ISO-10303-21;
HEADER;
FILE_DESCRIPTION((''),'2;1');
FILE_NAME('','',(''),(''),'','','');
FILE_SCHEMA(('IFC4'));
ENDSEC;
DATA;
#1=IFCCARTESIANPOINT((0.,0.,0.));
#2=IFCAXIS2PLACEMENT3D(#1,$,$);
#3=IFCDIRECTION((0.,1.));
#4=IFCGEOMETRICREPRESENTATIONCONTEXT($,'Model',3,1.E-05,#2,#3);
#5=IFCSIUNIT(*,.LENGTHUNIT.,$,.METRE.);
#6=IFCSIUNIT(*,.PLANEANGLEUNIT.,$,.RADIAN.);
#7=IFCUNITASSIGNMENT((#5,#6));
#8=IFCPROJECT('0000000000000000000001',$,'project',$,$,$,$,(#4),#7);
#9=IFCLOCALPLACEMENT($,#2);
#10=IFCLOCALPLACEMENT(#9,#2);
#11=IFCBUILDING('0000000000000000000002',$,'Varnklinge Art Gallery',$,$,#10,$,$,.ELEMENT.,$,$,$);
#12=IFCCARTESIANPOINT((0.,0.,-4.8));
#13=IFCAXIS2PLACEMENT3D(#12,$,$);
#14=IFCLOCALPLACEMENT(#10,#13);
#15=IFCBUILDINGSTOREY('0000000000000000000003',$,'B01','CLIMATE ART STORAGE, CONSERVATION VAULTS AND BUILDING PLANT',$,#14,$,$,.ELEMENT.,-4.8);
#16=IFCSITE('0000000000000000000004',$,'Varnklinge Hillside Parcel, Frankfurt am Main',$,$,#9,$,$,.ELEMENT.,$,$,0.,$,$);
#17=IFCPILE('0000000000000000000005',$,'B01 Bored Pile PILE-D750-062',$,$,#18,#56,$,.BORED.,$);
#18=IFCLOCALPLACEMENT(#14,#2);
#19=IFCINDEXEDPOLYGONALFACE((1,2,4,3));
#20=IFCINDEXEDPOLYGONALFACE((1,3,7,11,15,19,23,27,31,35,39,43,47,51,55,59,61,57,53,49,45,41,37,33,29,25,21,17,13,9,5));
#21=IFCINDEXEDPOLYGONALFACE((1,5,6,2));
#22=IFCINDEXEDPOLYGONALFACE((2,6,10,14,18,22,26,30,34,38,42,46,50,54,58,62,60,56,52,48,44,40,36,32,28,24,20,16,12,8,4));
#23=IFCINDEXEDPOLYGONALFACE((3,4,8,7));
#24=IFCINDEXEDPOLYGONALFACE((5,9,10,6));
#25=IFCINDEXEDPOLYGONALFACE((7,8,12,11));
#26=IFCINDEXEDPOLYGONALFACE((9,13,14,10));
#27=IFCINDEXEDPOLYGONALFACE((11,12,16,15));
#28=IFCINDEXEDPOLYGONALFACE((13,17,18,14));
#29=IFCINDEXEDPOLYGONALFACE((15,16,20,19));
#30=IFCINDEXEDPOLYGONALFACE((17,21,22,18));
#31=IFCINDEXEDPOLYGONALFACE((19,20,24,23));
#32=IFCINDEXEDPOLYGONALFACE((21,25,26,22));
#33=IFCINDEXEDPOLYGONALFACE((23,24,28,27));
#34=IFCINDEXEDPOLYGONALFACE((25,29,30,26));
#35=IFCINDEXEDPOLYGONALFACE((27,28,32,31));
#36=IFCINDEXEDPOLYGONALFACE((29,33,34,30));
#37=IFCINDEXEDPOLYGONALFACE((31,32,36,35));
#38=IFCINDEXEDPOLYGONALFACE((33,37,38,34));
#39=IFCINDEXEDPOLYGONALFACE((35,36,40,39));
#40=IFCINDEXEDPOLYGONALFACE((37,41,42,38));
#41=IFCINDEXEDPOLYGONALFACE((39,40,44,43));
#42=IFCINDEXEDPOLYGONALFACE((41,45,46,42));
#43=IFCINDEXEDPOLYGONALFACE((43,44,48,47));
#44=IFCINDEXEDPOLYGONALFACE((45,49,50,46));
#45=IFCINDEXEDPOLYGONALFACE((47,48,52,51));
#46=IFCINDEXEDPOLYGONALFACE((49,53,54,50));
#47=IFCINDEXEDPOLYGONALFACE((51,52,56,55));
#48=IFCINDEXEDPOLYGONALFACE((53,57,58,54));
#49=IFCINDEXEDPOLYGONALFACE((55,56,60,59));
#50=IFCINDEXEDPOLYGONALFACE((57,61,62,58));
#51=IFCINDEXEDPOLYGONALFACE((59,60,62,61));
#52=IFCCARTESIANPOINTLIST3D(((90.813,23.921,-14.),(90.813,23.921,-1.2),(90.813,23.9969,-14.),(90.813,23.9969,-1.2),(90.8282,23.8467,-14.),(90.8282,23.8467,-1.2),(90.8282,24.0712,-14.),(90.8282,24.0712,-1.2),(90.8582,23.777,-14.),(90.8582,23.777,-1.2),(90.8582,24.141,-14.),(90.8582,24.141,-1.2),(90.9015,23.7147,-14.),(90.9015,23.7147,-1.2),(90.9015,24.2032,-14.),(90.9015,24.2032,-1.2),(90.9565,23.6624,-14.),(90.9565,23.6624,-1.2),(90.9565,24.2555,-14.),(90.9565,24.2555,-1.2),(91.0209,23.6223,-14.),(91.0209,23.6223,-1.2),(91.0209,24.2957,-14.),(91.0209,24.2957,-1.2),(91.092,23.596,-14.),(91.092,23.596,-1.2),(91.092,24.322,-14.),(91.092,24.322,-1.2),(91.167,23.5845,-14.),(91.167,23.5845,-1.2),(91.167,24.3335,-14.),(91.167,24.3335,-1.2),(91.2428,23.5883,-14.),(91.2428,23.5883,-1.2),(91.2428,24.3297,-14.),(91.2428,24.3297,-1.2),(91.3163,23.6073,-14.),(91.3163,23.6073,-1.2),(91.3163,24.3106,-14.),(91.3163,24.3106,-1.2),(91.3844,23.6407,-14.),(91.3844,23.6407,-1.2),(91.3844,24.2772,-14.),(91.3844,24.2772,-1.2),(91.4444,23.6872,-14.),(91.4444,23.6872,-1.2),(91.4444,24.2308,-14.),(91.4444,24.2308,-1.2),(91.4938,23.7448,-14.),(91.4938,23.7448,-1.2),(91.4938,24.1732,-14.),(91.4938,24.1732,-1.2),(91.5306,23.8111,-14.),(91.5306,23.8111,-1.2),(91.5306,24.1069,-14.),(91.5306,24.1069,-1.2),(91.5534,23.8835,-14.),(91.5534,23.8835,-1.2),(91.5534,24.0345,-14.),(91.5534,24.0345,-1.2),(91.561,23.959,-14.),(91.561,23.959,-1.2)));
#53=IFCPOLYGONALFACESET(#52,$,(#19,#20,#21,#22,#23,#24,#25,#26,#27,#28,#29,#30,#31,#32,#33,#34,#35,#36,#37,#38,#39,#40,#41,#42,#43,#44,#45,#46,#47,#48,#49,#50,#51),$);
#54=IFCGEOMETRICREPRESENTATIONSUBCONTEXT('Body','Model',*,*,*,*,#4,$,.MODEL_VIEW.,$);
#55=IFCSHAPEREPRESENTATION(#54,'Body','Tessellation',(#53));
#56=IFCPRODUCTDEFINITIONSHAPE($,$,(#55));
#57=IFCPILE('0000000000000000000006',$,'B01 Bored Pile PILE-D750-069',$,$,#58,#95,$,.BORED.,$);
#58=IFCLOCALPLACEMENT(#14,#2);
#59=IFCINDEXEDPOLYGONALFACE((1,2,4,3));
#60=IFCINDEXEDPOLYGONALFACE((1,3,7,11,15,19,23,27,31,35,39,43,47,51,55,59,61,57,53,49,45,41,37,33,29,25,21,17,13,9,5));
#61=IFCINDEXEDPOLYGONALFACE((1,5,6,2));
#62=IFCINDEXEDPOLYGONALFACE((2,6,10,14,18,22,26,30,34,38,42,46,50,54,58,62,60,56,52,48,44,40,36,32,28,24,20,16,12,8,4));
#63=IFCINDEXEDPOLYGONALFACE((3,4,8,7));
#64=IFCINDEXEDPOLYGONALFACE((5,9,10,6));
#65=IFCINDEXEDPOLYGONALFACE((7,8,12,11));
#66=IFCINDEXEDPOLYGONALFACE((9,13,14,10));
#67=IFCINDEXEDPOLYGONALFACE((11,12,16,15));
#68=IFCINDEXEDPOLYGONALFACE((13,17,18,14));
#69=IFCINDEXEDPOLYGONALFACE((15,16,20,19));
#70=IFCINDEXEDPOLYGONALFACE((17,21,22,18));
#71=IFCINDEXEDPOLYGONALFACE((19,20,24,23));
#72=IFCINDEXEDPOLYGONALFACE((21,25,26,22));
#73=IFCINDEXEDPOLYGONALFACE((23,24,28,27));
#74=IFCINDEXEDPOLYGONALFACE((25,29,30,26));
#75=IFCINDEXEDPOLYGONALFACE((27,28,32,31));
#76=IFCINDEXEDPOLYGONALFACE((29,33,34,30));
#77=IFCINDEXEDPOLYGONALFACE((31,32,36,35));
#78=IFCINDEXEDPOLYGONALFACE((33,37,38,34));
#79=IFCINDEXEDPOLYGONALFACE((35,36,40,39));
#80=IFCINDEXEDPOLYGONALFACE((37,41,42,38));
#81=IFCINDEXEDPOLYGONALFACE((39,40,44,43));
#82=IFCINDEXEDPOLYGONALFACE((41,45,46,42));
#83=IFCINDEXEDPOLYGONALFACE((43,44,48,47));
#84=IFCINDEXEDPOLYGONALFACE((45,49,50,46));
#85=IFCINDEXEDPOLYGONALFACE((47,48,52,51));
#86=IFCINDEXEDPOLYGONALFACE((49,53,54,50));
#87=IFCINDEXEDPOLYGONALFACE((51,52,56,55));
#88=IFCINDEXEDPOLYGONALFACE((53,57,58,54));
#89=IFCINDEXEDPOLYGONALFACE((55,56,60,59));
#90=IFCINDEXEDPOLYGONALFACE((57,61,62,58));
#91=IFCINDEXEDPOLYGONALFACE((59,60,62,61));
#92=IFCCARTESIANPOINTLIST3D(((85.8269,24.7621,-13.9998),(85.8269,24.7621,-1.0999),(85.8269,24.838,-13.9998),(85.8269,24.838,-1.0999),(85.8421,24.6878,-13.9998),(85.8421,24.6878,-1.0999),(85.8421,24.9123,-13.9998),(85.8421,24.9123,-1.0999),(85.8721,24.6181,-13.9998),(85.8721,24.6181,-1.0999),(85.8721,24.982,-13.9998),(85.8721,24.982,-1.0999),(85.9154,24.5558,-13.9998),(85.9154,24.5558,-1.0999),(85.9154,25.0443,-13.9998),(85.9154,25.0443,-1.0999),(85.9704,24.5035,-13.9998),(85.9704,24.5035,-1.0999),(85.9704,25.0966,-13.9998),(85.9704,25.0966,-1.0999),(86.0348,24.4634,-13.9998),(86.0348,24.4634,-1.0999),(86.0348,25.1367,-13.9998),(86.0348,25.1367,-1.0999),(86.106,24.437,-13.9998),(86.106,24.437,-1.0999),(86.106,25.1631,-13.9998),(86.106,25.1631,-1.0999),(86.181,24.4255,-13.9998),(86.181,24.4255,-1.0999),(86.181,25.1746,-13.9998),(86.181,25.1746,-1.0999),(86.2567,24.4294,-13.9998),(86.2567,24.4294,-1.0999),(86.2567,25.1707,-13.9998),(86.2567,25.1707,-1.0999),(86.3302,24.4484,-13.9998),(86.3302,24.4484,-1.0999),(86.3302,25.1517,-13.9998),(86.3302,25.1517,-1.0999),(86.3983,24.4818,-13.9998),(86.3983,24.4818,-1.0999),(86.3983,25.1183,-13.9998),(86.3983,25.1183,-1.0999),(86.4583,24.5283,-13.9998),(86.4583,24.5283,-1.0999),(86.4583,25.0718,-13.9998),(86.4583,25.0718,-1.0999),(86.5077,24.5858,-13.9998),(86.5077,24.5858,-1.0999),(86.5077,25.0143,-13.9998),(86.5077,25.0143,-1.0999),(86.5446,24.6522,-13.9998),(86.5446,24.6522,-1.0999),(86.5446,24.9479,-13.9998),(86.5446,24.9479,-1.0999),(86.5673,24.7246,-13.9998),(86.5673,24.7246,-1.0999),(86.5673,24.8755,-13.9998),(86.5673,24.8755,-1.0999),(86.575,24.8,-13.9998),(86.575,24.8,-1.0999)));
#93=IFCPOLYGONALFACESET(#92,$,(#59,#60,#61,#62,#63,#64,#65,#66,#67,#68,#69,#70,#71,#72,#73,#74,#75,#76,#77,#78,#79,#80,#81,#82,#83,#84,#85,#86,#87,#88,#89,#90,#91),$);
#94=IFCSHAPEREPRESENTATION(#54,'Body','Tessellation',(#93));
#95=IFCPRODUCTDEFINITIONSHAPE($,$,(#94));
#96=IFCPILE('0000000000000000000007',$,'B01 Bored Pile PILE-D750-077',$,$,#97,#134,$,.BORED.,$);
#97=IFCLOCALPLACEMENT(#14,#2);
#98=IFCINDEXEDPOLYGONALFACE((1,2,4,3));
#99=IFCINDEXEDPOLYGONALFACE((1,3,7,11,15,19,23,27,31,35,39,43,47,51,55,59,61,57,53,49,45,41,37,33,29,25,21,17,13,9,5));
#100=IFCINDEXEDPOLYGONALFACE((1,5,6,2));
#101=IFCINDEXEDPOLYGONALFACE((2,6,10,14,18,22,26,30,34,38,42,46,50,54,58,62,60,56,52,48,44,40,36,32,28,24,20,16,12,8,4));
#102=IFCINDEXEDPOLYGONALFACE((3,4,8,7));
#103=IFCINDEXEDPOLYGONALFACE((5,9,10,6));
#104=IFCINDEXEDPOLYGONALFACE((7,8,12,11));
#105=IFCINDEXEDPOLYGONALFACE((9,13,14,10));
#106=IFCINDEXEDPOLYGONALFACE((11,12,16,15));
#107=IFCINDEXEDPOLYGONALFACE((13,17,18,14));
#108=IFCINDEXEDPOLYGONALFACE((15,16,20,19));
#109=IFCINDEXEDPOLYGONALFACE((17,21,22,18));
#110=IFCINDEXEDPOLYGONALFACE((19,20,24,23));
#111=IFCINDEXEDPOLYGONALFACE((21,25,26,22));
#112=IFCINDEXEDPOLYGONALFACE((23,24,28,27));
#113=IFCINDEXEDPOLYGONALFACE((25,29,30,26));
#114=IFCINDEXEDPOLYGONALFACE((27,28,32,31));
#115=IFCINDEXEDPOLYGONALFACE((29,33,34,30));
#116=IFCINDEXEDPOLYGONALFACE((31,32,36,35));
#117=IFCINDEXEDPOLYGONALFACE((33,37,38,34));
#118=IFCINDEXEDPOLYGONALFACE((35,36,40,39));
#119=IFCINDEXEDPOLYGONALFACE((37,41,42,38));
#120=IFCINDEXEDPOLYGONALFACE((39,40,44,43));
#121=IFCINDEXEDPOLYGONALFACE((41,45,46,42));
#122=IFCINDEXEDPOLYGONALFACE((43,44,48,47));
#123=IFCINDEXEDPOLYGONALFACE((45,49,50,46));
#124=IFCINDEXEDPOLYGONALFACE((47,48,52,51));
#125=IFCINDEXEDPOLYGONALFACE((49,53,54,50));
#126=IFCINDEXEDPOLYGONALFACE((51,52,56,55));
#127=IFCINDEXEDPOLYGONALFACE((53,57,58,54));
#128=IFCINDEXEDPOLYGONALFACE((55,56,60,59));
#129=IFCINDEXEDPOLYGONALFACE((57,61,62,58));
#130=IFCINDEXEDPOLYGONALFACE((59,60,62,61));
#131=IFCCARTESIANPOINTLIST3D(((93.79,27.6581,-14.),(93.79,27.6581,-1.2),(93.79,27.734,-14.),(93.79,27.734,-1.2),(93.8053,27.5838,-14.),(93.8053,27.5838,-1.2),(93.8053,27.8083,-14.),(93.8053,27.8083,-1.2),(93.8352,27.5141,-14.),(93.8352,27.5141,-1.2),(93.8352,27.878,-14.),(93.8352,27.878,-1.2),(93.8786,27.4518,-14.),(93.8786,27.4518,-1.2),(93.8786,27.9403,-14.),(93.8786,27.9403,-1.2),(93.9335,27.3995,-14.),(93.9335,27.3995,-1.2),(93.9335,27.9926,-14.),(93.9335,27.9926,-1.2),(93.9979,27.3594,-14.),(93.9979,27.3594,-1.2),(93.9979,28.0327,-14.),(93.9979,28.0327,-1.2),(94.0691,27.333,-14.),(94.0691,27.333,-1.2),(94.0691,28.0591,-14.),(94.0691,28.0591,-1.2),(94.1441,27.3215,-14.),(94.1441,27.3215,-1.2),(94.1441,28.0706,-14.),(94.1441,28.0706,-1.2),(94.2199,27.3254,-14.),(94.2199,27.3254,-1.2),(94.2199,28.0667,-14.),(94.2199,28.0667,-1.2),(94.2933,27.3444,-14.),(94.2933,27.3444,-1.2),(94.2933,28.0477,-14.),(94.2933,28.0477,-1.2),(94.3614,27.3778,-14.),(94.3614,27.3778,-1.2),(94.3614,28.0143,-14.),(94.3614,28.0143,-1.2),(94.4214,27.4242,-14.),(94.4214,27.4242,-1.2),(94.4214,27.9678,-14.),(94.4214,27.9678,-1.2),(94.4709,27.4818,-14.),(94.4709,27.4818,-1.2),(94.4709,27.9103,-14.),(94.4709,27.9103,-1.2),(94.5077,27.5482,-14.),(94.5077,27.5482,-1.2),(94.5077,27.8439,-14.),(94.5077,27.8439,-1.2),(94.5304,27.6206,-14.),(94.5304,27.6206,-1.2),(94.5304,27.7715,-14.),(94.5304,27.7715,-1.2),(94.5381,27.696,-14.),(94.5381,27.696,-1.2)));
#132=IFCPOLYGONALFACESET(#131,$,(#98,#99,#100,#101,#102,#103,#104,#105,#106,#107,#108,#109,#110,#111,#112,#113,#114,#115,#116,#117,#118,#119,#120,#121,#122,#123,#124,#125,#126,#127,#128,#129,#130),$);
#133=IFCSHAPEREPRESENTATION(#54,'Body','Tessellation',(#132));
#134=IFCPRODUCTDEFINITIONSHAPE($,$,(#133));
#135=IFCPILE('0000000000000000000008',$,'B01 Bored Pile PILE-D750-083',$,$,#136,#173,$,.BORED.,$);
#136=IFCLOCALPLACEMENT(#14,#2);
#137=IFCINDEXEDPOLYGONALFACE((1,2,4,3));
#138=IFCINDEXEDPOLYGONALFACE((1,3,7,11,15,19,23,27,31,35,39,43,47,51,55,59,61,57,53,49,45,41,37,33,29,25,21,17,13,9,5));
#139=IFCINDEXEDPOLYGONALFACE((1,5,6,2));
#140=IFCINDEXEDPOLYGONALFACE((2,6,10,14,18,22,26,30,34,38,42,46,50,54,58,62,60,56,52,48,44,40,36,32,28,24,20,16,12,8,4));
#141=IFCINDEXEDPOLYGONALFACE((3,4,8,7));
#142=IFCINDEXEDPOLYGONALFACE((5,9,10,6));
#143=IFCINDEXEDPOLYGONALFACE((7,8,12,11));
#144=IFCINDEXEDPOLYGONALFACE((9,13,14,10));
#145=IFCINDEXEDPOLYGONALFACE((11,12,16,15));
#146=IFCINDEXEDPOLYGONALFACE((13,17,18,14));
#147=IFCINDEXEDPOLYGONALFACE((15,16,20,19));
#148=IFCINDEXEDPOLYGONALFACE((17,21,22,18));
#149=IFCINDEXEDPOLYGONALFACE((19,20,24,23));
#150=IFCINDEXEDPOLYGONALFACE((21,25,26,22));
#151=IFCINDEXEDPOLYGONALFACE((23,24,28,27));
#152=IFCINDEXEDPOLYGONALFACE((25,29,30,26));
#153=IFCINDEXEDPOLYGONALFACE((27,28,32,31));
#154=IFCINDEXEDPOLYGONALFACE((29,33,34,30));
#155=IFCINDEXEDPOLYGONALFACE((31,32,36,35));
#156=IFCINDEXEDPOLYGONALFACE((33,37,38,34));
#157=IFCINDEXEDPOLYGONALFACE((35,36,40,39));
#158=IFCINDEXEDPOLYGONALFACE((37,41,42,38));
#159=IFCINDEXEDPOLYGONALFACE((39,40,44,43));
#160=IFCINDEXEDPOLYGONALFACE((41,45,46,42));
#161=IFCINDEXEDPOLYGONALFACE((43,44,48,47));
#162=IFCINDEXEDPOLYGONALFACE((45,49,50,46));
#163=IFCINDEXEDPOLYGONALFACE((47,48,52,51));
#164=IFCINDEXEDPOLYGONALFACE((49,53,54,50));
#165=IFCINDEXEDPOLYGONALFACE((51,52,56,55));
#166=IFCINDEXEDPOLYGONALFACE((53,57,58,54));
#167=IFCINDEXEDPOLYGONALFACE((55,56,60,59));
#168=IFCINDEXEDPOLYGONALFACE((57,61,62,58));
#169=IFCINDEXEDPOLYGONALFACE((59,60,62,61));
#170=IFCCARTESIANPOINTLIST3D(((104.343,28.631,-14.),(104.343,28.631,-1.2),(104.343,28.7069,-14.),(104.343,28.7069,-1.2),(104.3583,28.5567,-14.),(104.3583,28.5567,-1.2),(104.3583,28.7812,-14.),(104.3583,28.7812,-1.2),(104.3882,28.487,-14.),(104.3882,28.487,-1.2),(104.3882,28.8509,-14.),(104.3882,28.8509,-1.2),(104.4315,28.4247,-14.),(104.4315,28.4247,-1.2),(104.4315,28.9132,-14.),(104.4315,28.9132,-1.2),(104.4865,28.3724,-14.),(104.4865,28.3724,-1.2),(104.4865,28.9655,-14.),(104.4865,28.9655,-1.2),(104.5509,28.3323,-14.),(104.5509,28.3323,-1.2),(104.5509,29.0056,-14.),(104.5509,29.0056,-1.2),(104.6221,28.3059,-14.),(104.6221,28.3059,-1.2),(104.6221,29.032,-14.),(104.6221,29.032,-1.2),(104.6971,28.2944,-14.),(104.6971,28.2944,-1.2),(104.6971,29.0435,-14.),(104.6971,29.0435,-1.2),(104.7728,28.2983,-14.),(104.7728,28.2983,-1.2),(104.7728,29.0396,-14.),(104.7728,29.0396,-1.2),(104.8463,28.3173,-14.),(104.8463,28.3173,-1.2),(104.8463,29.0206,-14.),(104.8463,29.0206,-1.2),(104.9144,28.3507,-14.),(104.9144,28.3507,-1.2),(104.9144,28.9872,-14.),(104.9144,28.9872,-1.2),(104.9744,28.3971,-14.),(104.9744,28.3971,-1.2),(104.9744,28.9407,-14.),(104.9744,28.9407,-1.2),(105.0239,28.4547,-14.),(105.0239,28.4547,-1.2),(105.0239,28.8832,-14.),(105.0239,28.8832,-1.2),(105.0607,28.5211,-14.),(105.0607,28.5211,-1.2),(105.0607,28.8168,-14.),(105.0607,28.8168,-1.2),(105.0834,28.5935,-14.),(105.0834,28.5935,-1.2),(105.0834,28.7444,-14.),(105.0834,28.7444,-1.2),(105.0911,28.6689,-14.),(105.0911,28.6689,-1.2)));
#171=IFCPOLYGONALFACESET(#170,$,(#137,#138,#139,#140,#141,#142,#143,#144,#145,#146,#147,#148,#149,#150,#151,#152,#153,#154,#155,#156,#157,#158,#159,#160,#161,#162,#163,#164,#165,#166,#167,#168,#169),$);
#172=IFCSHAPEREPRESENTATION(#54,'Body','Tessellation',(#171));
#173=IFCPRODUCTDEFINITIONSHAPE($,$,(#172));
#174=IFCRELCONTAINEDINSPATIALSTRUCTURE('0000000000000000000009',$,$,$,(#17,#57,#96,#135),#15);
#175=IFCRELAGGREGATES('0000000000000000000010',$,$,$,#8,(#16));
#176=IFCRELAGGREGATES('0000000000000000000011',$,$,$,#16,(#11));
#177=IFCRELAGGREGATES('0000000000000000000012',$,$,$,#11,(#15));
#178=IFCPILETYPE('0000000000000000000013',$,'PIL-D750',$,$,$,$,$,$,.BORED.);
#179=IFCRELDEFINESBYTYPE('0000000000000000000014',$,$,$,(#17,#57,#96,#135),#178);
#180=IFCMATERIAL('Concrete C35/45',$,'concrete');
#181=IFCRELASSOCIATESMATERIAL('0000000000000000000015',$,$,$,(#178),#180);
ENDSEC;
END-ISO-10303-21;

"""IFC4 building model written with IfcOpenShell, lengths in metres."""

from ifc_helpers import new_model, si_unit, direction, frame, origin, origin_2d, place, context, subcontext, project, spatial, circle, extrude, material, material_profile, profile_set, type_object, element, save


model = new_model("IFC4")

# Units and contexts
model_context = context("Model", 3, precision=1e-05, world=origin(), true_north=direction((0.0, 1.0)))
body_context = subcontext(model_context, "Body", "Model", "MODEL_VIEW")
ifc_project = project(units=[si_unit("LENGTHUNIT", "METRE"), si_unit("PLANEANGLEUNIT", "RADIAN")], contexts=[model_context])

# Site, building, storey
site_placement = place(None, origin())
site = spatial("IfcSite", under=ifc_project, at=site_placement, Name="Varnklinge Hillside Parcel, Frankfurt am Main", CompositionType="ELEMENT", RefElevation=0.0)
building_placement = place(site_placement, origin())
building = spatial("IfcBuilding", under=site, at=building_placement, Name="Varnklinge Art Gallery", CompositionType="ELEMENT")
storey_placement = place(building_placement, frame((0.0, 0.0, -4.8)))
storey = spatial("IfcBuildingStorey", under=building, at=storey_placement, Name="B01", Description="CLIMATE ART STORAGE, CONSERVATION VAULTS AND BUILDING PLANT", CompositionType="ELEMENT", Elevation=-4.8)

# Piles
ifc_material_1 = material(Name="Concrete C35/45", Category="concrete")
ifc_material_profile_1 = material_profile(ifc_material_1, circle(Radius=0.375, at=origin_2d()), Name="PILE D750")
ifc_profile_set_1 = profile_set([ifc_material_profile_1], Name="Concrete C35/45")
pile_type = type_object("IfcPileType", Name="PIL-D750", PredefinedType="BORED", material=ifc_profile_set_1)
for number, where, z_axis, x_axis, name in (
    (1, (91.186, 23.959, -1.2), (0.0, 0.0, -1.0), (1.0, 0.0, 0.0), "B01 Bored Pile PILE-D750-062"),
):
    element("IfcPile", number, at=place(storey_placement, frame(where, z_axis=z_axis, x_axis=x_axis)), inside=storey, type_object=pile_type, Name=name, PredefinedType="BORED", context=body_context, shape_type="SweptSolid", body=[
        extrude(circle(Radius=0.375, at=origin_2d()), origin(), (0.0, 0.0, 1.0), 12.8),
    ])
pile_placement = place(storey_placement, frame((86.2, 24.8, -1.0999), z_axis=(0.0, 0.0, -1.0), x_axis=(1.0, 0.0, 0.0)))
element("IfcPile", 2, at=pile_placement, inside=storey, type_object=pile_type, Name="B01 Bored Pile PILE-D750-069", PredefinedType="BORED", context=body_context, shape_type="SweptSolid", body=[
    extrude(circle(Radius=0.375, at=origin_2d()), origin(), (0.0, 0.0, 1.0), 12.8999),
])
for number, where, z_axis, x_axis, name in (
    (3, (94.1631, 27.696, -1.2), (0.0, 0.0, -1.0), (1.0, 0.0, 0.0), "B01 Bored Pile PILE-D750-077"),
    (4, (104.7161, 28.6689, -1.2), (0.0, 0.0, -1.0), (1.0, 0.0, 0.0), "B01 Bored Pile PILE-D750-083"),
):
    element("IfcPile", number, at=place(storey_placement, frame(where, z_axis=z_axis, x_axis=x_axis)), inside=storey, type_object=pile_type, Name=name, PredefinedType="BORED", context=body_context, shape_type="SweptSolid", body=[
        extrude(circle(Radius=0.375, at=origin_2d()), origin(), (0.0, 0.0, 1.0), 12.8),
    ])

save(model, "model.ifc")
